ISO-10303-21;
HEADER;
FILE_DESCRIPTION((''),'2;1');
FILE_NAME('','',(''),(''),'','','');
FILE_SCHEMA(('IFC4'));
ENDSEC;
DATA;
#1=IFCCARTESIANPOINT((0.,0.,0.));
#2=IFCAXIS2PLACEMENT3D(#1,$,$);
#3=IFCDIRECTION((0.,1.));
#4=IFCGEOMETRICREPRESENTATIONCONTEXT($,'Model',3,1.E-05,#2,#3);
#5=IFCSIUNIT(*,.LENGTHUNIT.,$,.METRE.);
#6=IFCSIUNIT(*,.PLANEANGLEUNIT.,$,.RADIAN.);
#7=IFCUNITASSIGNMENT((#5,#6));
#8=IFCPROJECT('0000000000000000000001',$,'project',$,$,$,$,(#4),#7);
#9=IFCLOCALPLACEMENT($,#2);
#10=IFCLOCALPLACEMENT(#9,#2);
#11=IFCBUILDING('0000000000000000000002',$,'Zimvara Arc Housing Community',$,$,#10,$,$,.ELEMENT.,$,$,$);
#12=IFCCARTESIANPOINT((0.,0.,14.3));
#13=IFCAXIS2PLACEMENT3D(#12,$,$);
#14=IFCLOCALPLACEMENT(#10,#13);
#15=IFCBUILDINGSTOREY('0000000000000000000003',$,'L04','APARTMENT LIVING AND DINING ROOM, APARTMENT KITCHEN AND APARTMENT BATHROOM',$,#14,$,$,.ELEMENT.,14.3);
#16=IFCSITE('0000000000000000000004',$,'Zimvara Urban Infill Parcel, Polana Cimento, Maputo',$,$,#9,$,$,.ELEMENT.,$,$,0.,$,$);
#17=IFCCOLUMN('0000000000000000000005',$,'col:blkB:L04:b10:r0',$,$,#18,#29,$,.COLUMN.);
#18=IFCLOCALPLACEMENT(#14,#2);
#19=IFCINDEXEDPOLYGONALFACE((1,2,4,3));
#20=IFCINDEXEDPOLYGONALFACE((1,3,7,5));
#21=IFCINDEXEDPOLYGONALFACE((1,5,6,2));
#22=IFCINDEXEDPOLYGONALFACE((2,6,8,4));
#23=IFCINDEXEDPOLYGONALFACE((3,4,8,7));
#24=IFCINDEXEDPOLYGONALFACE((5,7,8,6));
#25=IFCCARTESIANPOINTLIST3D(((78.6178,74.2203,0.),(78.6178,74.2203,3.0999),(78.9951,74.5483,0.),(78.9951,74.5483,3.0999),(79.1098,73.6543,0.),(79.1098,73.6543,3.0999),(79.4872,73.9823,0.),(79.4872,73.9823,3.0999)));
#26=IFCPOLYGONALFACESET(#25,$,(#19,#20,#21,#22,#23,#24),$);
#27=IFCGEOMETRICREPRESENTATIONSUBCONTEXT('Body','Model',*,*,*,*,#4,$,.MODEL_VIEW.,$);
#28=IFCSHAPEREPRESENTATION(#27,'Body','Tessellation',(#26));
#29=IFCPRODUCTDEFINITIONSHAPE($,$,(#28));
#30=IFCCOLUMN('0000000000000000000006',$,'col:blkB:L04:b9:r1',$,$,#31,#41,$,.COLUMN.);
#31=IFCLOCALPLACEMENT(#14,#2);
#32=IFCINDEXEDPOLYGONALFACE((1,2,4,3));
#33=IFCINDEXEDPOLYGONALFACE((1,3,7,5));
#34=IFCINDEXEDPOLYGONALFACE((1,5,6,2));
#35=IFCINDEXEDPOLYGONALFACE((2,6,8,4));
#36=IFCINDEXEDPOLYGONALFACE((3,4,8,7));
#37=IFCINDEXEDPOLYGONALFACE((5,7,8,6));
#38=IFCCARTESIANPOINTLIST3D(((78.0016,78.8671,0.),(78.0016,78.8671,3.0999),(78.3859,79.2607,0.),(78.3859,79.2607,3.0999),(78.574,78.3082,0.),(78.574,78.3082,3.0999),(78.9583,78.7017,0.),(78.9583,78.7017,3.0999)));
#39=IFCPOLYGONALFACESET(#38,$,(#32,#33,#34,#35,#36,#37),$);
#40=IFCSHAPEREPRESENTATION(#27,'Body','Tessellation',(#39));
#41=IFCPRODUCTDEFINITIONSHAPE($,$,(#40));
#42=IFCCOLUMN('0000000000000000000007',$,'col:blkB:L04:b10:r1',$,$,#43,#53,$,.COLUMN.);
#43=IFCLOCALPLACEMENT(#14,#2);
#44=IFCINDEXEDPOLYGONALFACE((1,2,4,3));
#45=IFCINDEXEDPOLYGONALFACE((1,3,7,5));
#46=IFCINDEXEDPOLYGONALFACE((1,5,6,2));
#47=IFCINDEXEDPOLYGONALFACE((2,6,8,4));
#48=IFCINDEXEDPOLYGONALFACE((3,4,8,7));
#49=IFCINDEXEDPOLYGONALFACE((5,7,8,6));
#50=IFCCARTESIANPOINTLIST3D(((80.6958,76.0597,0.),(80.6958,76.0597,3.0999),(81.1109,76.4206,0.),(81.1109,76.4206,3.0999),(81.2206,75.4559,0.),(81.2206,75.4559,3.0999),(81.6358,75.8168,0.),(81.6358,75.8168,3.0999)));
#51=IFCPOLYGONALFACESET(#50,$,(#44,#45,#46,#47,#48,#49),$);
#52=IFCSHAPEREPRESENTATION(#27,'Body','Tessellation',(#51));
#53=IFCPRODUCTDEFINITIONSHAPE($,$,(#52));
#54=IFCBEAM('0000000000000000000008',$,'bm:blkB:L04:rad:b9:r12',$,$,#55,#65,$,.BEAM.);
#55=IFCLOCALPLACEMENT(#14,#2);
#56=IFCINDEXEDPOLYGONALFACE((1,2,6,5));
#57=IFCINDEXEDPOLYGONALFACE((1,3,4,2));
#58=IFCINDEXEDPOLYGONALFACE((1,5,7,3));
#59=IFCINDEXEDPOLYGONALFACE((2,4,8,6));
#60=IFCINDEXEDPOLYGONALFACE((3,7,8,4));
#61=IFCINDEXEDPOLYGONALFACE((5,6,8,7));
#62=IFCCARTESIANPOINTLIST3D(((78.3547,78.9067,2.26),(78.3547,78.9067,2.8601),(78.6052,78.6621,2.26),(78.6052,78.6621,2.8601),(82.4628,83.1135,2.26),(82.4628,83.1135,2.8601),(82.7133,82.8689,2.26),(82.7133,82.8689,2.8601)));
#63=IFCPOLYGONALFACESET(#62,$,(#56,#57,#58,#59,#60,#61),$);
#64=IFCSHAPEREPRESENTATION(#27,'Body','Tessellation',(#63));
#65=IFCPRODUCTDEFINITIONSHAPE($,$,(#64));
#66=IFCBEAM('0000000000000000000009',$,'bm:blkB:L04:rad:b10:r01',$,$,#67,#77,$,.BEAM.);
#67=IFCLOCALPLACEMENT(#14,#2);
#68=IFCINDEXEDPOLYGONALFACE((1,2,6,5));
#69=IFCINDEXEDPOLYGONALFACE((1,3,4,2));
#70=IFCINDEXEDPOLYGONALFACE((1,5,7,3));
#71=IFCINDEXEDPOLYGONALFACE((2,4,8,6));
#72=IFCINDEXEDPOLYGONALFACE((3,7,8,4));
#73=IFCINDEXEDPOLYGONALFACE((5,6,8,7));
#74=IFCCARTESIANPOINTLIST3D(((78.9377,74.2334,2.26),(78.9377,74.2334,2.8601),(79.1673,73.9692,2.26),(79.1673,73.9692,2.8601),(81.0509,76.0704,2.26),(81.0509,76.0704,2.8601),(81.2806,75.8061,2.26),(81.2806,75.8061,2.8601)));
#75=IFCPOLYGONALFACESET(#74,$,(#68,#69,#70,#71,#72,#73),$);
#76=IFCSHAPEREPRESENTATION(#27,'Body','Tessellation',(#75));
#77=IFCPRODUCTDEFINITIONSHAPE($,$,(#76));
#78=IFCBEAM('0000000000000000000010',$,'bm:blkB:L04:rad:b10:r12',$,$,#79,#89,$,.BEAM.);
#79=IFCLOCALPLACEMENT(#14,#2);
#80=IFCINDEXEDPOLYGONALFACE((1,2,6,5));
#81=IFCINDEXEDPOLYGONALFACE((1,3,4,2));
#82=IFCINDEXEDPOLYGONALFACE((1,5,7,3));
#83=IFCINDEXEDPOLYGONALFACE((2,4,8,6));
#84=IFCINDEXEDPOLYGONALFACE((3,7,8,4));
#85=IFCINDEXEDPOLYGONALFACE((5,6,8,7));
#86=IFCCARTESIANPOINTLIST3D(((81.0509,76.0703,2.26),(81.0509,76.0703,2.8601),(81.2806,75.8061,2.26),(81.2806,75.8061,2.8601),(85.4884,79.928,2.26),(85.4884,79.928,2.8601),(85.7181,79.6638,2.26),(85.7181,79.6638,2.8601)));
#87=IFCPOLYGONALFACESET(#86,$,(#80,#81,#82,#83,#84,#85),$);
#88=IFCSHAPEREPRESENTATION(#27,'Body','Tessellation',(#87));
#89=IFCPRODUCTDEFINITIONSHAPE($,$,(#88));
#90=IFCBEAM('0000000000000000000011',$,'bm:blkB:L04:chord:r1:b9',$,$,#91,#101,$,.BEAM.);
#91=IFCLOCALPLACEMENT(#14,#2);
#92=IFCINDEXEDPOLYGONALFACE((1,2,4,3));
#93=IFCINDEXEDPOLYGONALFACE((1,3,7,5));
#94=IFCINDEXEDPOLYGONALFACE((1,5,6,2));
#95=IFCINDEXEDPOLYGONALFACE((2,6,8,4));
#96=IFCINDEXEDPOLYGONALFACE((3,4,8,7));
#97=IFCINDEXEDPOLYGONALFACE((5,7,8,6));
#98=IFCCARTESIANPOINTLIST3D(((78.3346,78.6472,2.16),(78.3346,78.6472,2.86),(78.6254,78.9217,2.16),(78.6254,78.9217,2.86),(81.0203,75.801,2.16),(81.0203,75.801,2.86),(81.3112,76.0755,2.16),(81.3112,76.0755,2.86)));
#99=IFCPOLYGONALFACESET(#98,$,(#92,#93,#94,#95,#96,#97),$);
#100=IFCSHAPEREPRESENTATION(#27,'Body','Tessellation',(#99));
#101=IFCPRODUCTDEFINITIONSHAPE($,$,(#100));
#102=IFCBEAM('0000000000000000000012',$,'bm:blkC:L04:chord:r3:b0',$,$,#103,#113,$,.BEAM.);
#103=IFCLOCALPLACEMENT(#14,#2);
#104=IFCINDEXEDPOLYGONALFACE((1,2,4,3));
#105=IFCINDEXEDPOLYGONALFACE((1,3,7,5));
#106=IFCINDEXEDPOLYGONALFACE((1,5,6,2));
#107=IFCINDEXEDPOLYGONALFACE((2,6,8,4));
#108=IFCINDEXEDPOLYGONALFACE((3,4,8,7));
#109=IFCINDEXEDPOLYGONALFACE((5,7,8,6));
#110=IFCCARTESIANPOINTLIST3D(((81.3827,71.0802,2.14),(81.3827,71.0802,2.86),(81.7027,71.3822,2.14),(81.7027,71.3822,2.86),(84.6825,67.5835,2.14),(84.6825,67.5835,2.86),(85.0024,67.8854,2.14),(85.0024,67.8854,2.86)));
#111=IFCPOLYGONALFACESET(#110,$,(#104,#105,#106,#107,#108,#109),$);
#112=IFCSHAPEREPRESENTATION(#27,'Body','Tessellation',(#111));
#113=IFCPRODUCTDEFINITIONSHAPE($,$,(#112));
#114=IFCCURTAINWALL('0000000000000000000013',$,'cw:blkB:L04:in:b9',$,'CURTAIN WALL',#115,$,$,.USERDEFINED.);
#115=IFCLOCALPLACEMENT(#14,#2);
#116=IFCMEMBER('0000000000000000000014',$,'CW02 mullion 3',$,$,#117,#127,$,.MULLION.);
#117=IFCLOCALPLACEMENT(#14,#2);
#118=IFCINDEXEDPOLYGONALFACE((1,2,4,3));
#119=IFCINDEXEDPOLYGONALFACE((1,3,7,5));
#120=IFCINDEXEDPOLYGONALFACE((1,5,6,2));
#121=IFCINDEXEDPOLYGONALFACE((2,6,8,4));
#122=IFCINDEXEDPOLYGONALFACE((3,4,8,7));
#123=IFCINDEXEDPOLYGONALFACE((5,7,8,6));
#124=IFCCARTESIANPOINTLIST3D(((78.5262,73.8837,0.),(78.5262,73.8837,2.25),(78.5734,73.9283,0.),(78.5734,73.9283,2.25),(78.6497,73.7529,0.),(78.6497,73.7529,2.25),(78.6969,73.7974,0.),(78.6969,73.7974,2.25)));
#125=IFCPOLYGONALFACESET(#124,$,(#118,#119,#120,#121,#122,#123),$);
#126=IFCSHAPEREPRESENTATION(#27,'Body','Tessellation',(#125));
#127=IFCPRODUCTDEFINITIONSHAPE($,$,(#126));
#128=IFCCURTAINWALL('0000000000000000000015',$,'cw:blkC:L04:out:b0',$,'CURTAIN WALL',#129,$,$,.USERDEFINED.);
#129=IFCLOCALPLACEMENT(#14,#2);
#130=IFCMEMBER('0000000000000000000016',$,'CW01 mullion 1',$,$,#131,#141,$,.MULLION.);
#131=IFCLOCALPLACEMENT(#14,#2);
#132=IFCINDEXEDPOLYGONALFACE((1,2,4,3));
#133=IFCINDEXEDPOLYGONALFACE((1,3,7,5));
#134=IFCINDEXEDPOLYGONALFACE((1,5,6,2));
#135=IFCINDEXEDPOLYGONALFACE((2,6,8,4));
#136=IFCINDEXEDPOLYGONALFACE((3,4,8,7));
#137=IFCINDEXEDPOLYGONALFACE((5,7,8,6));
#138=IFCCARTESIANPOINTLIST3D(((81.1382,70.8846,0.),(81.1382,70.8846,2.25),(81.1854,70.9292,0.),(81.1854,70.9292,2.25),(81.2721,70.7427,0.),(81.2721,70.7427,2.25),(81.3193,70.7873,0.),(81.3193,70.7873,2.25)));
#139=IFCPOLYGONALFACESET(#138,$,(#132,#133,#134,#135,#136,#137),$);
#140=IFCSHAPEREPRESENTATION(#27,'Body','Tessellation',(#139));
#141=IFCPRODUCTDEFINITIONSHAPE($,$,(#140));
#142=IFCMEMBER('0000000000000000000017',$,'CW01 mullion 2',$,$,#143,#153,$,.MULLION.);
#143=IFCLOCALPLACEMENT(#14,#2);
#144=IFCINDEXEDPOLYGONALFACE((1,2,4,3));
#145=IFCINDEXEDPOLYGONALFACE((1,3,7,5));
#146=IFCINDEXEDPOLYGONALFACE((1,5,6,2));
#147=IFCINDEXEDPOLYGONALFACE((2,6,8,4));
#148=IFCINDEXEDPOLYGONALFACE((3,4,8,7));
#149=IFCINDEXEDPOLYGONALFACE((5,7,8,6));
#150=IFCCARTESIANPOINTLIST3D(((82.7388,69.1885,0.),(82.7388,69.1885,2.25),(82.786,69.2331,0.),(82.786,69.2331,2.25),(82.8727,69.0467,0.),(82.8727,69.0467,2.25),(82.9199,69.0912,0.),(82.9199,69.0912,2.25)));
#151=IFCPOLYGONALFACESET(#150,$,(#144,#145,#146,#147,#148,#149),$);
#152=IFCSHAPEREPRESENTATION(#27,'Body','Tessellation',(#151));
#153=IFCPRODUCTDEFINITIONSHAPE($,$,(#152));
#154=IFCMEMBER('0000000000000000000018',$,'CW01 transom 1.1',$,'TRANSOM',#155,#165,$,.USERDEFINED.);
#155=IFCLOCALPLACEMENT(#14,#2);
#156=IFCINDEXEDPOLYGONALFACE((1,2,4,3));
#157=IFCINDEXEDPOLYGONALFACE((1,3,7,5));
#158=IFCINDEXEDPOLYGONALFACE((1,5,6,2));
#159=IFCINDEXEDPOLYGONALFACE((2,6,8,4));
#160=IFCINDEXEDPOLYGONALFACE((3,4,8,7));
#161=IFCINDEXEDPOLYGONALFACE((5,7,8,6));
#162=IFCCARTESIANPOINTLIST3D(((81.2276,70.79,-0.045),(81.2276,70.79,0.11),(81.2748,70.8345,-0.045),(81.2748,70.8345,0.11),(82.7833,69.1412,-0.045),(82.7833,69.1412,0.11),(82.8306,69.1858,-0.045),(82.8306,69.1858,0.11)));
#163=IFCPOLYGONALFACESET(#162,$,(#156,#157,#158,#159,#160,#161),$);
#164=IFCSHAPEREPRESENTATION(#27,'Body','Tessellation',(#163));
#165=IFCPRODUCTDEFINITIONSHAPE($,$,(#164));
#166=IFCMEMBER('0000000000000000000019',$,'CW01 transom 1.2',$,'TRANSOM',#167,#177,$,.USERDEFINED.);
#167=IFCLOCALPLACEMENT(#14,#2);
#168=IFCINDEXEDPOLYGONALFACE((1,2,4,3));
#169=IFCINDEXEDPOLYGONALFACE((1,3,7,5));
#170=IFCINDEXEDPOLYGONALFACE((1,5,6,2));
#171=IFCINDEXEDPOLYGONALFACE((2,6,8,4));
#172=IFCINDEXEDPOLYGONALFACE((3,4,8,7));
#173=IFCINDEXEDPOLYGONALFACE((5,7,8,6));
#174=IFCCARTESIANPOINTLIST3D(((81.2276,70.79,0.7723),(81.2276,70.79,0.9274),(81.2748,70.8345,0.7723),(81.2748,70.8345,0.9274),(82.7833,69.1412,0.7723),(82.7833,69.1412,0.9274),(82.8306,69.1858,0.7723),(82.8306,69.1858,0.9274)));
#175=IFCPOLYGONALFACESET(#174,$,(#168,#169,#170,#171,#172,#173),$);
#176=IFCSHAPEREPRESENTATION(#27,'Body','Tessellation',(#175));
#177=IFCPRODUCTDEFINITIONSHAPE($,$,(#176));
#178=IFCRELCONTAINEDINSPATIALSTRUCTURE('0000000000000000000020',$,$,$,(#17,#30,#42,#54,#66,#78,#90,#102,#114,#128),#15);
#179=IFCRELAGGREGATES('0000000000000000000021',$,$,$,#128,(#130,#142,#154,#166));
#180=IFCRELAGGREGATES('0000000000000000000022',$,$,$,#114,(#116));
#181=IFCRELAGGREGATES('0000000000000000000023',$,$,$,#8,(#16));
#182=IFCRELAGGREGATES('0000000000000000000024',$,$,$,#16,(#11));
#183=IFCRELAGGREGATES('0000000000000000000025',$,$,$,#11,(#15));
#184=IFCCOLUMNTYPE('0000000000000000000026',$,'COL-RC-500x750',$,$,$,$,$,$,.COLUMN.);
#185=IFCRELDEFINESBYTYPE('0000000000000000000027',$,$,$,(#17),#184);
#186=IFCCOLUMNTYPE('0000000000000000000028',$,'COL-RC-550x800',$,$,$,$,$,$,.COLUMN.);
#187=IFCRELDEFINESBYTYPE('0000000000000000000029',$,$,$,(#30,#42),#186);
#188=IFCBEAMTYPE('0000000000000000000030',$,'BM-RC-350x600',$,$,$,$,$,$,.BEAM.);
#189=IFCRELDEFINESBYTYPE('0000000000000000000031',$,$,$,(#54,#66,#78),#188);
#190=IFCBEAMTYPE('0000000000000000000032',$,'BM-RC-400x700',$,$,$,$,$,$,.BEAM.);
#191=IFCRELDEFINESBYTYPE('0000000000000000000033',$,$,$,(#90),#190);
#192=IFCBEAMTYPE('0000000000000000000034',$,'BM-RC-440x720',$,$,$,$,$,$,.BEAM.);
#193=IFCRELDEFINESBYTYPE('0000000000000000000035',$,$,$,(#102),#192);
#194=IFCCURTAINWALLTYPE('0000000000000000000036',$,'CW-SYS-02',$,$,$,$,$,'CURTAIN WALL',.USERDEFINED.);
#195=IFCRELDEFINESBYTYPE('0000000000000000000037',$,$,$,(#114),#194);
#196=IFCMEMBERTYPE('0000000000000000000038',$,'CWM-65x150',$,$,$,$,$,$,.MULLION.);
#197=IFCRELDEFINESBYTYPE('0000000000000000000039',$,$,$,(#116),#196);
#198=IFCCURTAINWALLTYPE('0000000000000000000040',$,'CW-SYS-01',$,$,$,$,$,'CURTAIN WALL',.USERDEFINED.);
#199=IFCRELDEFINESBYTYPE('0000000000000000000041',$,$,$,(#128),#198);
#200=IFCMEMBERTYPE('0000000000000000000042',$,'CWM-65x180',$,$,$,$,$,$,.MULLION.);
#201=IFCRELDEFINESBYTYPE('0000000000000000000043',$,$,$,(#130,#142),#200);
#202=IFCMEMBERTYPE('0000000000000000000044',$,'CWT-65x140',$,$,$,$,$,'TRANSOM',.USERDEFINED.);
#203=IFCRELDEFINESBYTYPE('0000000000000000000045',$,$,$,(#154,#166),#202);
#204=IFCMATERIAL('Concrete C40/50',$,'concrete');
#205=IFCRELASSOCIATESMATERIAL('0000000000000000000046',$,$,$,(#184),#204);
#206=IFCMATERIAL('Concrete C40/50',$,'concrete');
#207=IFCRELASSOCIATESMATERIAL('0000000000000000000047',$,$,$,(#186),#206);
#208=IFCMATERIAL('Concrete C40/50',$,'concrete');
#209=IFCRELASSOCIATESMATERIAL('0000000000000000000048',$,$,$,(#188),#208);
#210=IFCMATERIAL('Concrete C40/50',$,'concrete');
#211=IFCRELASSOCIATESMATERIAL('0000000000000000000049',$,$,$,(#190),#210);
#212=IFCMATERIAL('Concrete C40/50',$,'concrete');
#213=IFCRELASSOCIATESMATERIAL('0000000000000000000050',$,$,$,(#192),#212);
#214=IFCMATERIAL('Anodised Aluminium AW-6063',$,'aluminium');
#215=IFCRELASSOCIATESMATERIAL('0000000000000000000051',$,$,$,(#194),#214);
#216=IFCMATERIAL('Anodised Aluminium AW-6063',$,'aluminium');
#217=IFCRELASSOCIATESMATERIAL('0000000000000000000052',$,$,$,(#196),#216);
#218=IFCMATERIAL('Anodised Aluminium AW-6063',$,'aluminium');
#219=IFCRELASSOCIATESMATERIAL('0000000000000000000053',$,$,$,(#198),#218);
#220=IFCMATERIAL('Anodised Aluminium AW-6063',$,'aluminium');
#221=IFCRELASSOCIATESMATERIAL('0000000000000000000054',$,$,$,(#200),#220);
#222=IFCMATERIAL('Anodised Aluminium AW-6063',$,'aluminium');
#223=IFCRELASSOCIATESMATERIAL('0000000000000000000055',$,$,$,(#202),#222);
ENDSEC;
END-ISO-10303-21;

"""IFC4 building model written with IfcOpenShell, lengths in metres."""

from ifc_helpers import new_model, si_unit, direction, frame, origin, origin_2d, place, context, subcontext, project, spatial, rectangle, extrude, material, material_profile, profile_set, type_object, element, aggregate, save


model = new_model("IFC4")

# Units and contexts
model_context = context("Model", 3, precision=1e-05, world=origin(), true_north=direction((0.0, 1.0)))
body_context = subcontext(model_context, "Body", "Model", "MODEL_VIEW")
ifc_project = project(units=[si_unit("LENGTHUNIT", "METRE"), si_unit("PLANEANGLEUNIT", "RADIAN")], contexts=[model_context])

# Site, building, storey
site_placement = place(None, origin())
site = spatial("IfcSite", under=ifc_project, at=site_placement, Name="Zimvara Urban Infill Parcel, Polana Cimento, Maputo", CompositionType="ELEMENT", RefElevation=0.0)
building_placement = place(site_placement, origin())
building = spatial("IfcBuilding", under=site, at=building_placement, Name="Zimvara Arc Housing Community", CompositionType="ELEMENT")
storey_placement = place(building_placement, frame((0.0, 0.0, 14.3)))
storey = spatial("IfcBuildingStorey", under=building, at=storey_placement, Name="L04", Description="APARTMENT LIVING AND DINING ROOM, APARTMENT KITCHEN AND APARTMENT BATHROOM", CompositionType="ELEMENT", Elevation=14.3)

# Columns
ifc_material_1 = material(Name="Concrete C40/50", Category="concrete")
ifc_material_profile_1 = material_profile(ifc_material_1, rectangle(XDim=0.5, YDim=0.75, at=origin_2d()), Name="RC 500x750")
ifc_profile_set_1 = profile_set([ifc_material_profile_1], Name="Concrete C40/50")
column_type_1 = type_object("IfcColumnType", Name="COL-RC-500x750", PredefinedType="COLUMN", material=ifc_profile_set_1)
column_1_placement = place(storey_placement, frame((79.0525, 74.1013, 0.0), z_axis=(0.0, 0.0, 1.0), x_axis=(0.75471, 0.656059, 0.0)))
element("IfcColumn", 1, at=column_1_placement, inside=storey, type_object=column_type_1, Name="col:blkB:L04:b10:r0", PredefinedType="COLUMN", context=body_context, shape_type="SweptSolid", body=[
    extrude(rectangle(XDim=0.5, YDim=0.75, at=origin_2d()), origin(), (0.0, 0.0, 1.0), 3.0999),
])
ifc_material_2 = material(Name="Concrete C40/50", Category="concrete")
ifc_material_profile_2 = material_profile(ifc_material_2, rectangle(XDim=0.55, YDim=0.8, at=origin_2d()), Name="RC 550x800")
ifc_profile_set_2 = profile_set([ifc_material_profile_2], Name="Concrete C40/50")
column_type_2 = type_object("IfcColumnType", Name="COL-RC-550x800", PredefinedType="COLUMN", material=ifc_profile_set_2)
for number, where, z_axis, x_axis, name in (
    (2, (78.48, 78.7844, 0.0), (0.0, 0.0, 1.0), (0.698665, 0.715449, 0.0), "col:blkB:L04:b9:r1"),
    (3, (81.1658, 75.9382, 0.0), (0.0, 0.0, 1.0), (0.75471, 0.656059, 0.0), "col:blkB:L04:b10:r1"),
):
    element("IfcColumn", number, at=place(storey_placement, frame(where, z_axis=z_axis, x_axis=x_axis)), inside=storey, type_object=column_type_2, Name=name, PredefinedType="COLUMN", context=body_context, shape_type="SweptSolid", body=[
        extrude(rectangle(XDim=0.55, YDim=0.8, at=origin_2d()), origin(), (0.0, 0.0, 1.0), 3.0999),
    ])

# Beams
ifc_material_3 = material(Name="Concrete C40/50", Category="concrete")
ifc_material_profile_3 = material_profile(ifc_material_3, rectangle(XDim=0.3501, YDim=0.6001, at=origin_2d()), Name="RC 350x600")
ifc_profile_set_3 = profile_set([ifc_material_profile_3], Name="Concrete C40/50")
beam_type_1 = type_object("IfcBeamType", Name="BM-RC-350x600", PredefinedType="BEAM", material=ifc_profile_set_3)
beam_1_placement = place(storey_placement, frame((78.48, 78.7844, 2.5601), z_axis=(0.69867, 0.715444, 0.0), x_axis=(-0.715444, 0.69867, 0.0)))
element("IfcBeam", 4, at=beam_1_placement, inside=storey, type_object=beam_type_1, Name="bm:blkB:L04:rad:b9:r12", PredefinedType="BEAM", context=body_context, shape_type="SweptSolid", body=[
    extrude(rectangle(XDim=0.3501, YDim=0.6001, at=origin_2d()), origin(), (0.0, 0.0, 1.0), 5.8799),
])
beam_2_placement = place(storey_placement, frame((79.0525, 74.1013, 2.5601), z_axis=(0.754733, 0.656032, 0.0), x_axis=(-0.656032, 0.754733, 0.0)))
element("IfcBeam", 5, at=beam_2_placement, inside=storey, type_object=beam_type_1, Name="bm:blkB:L04:rad:b10:r01", PredefinedType="BEAM", context=body_context, shape_type="SweptSolid", body=[
    extrude(rectangle(XDim=0.3501, YDim=0.6001, at=origin_2d()), origin(), (0.0, 0.0, 1.0), 2.8),
])
beam_3_placement = place(storey_placement, frame((81.1658, 75.9382, 2.5601), z_axis=(0.754692, 0.656079, 0.0), x_axis=(-0.656079, 0.754692, 0.0)))
element("IfcBeam", 6, at=beam_3_placement, inside=storey, type_object=beam_type_1, Name="bm:blkB:L04:rad:b10:r12", PredefinedType="BEAM", context=body_context, shape_type="SweptSolid", body=[
    extrude(rectangle(XDim=0.3501, YDim=0.6001, at=origin_2d()), origin(), (0.0, 0.0, 1.0), 5.8799),
])
ifc_material_4 = material(Name="Concrete C40/50", Category="concrete")
ifc_material_profile_4 = material_profile(ifc_material_4, rectangle(XDim=0.3999, YDim=0.7, at=origin_2d()), Name="RC 400x700")
ifc_profile_set_4 = profile_set([ifc_material_profile_4], Name="Concrete C40/50")
beam_type_2 = type_object("IfcBeamType", Name="BM-RC-400x700", PredefinedType="BEAM", material=ifc_profile_set_4)
beam_4_placement = place(storey_placement, frame((78.48, 78.7844, 2.51), z_axis=(0.686316, -0.727304, 0.0), x_axis=(0.727304, 0.686316, 0.0)))
element("IfcBeam", 7, at=beam_4_placement, inside=storey, type_object=beam_type_2, Name="bm:blkB:L04:chord:r1:b9", PredefinedType="BEAM", context=body_context, shape_type="SweptSolid", body=[
    extrude(rectangle(XDim=0.3999, YDim=0.7, at=origin_2d()), origin(), (0.0, 0.0, 1.0), 3.9133),
])
ifc_material_5 = material(Name="Concrete C40/50", Category="concrete")
ifc_material_profile_5 = material_profile(ifc_material_5, rectangle(XDim=0.4399, YDim=0.72, at=origin_2d()), Name="RC 440x720")
ifc_profile_set_5 = profile_set([ifc_material_profile_5], Name="Concrete C40/50")
beam_type_3 = type_object("IfcBeamType", Name="BM-RC-440x720", PredefinedType="BEAM", material=ifc_profile_set_5)
beam_5_placement = place(storey_placement, frame((81.5427, 71.2312, 2.5), z_axis=(0.686321, -0.727299, 0.0), x_axis=(0.727299, 0.686321, 0.0)))
element("IfcBeam", 8, at=beam_5_placement, inside=storey, type_object=beam_type_3, Name="bm:blkC:L04:chord:r3:b0", PredefinedType="BEAM", context=body_context, shape_type="SweptSolid", body=[
    extrude(rectangle(XDim=0.4399, YDim=0.72, at=origin_2d()), origin(), (0.0, 0.0, 1.0), 4.8079),
])

# Curtain wall, member
ifc_material_6 = material(Name="Anodised Aluminium AW-6063", Category="aluminium")
curtain_wall_type_1 = type_object("IfcCurtainWallType", Name="CW-SYS-02", ElementType="CURTAIN WALL", PredefinedType="USERDEFINED", material=ifc_material_6)
curtain_wall_1_placement = place(storey_placement, origin())
curtain_wall_1 = element("IfcCurtainWall", 9, at=curtain_wall_1_placement, inside=storey, type_object=curtain_wall_type_1, Name="cw:blkB:L04:in:b9", ObjectType="CURTAIN WALL", PredefinedType="USERDEFINED")
ifc_material_7 = material(Name="Anodised Aluminium AW-6063", Category="aluminium")
ifc_material_profile_6 = material_profile(ifc_material_7, rectangle(XDim=0.0649, YDim=0.1799, at=origin_2d()), Name="ALU 65x180")
ifc_profile_set_6 = profile_set([ifc_material_profile_6], Name="Anodised Aluminium AW-6063")
member_type_1 = type_object("IfcMemberType", Name="CWM-65x150", PredefinedType="MULLION", material=ifc_profile_set_6)
member_1_placement = place(storey_placement, frame((78.6116, 73.8406, 0.0), z_axis=(0.0, 0.0, 1.0), x_axis=(0.727293, 0.686327, 0.0)))
member_1 = element("IfcMember", 10, at=member_1_placement, type_object=member_type_1, Name="CW02 mullion 3", PredefinedType="MULLION", context=body_context, shape_type="SweptSolid", body=[
    extrude(rectangle(XDim=0.0649, YDim=0.1799, at=origin_2d()), origin(), (0.0, 0.0, 1.0), 2.25),
])

# Curtain wall, members
ifc_material_8 = material(Name="Anodised Aluminium AW-6063", Category="aluminium")
curtain_wall_type_2 = type_object("IfcCurtainWallType", Name="CW-SYS-01", ElementType="CURTAIN WALL", PredefinedType="USERDEFINED", material=ifc_material_8)
curtain_wall_2_placement = place(storey_placement, origin())
curtain_wall_2 = element("IfcCurtainWall", 11, at=curtain_wall_2_placement, inside=storey, type_object=curtain_wall_type_2, Name="cw:blkC:L04:out:b0", ObjectType="CURTAIN WALL", PredefinedType="USERDEFINED")
ifc_material_9 = material(Name="Anodised Aluminium AW-6063", Category="aluminium")
ifc_material_profile_7 = material_profile(ifc_material_9, rectangle(XDim=0.0649, YDim=0.1951, at=origin_2d()), Name="ALU 65x195")
ifc_profile_set_7 = profile_set([ifc_material_profile_7], Name="Anodised Aluminium AW-6063")
member_type_2 = type_object("IfcMemberType", Name="CWM-65x180", PredefinedType="MULLION", material=ifc_profile_set_7)
member_2_placement = place(storey_placement, frame((81.2288, 70.8359, 0.0), z_axis=(0.0, 0.0, 1.0), x_axis=(0.727294, 0.686326, 0.0)))
member_2 = element("IfcMember", 12, at=member_2_placement, type_object=member_type_2, Name="CW01 mullion 1", PredefinedType="MULLION", context=body_context, shape_type="SweptSolid", body=[
    extrude(rectangle(XDim=0.0649, YDim=0.1951, at=origin_2d()), origin(), (0.0, 0.0, 1.0), 2.25),
])
member_3_placement = place(storey_placement, frame((82.8293, 69.1399, 0.0), z_axis=(0.0, 0.0, 1.0), x_axis=(0.727294, 0.686326, 0.0)))
member_3 = element("IfcMember", 13, at=member_3_placement, type_object=member_type_2, Name="CW01 mullion 2", PredefinedType="MULLION", context=body_context, shape_type="SweptSolid", body=[
    extrude(rectangle(XDim=0.0649, YDim=0.1951, at=origin_2d()), origin(), (0.0, 0.0, 1.0), 2.25),
])
ifc_material_10 = material(Name="Anodised Aluminium AW-6063", Category="aluminium")
ifc_material_profile_8 = material_profile(ifc_material_10, rectangle(XDim=0.0649, YDim=0.155, at=origin_2d()), Name="ALU 65x155")
ifc_profile_set_8 = profile_set([ifc_material_profile_8], Name="Anodised Aluminium AW-6063")
member_type_3 = type_object("IfcMemberType", Name="CWT-65x140", ElementType="TRANSOM", PredefinedType="USERDEFINED", material=ifc_profile_set_8)
member_4_placement = place(storey_placement, frame((81.2512, 70.8123, 0.0325), z_axis=(0.686291, -0.727327, 0.0), x_axis=(0.727327, 0.686291, 0.0)))
member_4 = element("IfcMember", 14, at=member_4_placement, type_object=member_type_3, Name="CW01 transom 1.1", ObjectType="TRANSOM", PredefinedType="USERDEFINED", context=body_context, shape_type="SweptSolid", body=[
    extrude(rectangle(XDim=0.0649, YDim=0.155, at=origin_2d()), origin(), (0.0, 0.0, 1.0), 2.2668),
])
member_5_placement = place(storey_placement, frame((81.2512, 70.8123, 0.8499), z_axis=(0.686291, -0.727327, 0.0), x_axis=(0.727327, 0.686291, 0.0)))
member_5 = element("IfcMember", 15, at=member_5_placement, type_object=member_type_3, Name="CW01 transom 1.2", ObjectType="TRANSOM", PredefinedType="USERDEFINED", context=body_context, shape_type="SweptSolid", body=[
    extrude(rectangle(XDim=0.0649, YDim=0.155, at=origin_2d()), origin(), (0.0, 0.0, 1.0), 2.2668),
])
aggregate(curtain_wall_2, [member_2, member_3, member_4, member_5])

aggregate(curtain_wall_1, [member_1])

save(model, "model.ifc")
